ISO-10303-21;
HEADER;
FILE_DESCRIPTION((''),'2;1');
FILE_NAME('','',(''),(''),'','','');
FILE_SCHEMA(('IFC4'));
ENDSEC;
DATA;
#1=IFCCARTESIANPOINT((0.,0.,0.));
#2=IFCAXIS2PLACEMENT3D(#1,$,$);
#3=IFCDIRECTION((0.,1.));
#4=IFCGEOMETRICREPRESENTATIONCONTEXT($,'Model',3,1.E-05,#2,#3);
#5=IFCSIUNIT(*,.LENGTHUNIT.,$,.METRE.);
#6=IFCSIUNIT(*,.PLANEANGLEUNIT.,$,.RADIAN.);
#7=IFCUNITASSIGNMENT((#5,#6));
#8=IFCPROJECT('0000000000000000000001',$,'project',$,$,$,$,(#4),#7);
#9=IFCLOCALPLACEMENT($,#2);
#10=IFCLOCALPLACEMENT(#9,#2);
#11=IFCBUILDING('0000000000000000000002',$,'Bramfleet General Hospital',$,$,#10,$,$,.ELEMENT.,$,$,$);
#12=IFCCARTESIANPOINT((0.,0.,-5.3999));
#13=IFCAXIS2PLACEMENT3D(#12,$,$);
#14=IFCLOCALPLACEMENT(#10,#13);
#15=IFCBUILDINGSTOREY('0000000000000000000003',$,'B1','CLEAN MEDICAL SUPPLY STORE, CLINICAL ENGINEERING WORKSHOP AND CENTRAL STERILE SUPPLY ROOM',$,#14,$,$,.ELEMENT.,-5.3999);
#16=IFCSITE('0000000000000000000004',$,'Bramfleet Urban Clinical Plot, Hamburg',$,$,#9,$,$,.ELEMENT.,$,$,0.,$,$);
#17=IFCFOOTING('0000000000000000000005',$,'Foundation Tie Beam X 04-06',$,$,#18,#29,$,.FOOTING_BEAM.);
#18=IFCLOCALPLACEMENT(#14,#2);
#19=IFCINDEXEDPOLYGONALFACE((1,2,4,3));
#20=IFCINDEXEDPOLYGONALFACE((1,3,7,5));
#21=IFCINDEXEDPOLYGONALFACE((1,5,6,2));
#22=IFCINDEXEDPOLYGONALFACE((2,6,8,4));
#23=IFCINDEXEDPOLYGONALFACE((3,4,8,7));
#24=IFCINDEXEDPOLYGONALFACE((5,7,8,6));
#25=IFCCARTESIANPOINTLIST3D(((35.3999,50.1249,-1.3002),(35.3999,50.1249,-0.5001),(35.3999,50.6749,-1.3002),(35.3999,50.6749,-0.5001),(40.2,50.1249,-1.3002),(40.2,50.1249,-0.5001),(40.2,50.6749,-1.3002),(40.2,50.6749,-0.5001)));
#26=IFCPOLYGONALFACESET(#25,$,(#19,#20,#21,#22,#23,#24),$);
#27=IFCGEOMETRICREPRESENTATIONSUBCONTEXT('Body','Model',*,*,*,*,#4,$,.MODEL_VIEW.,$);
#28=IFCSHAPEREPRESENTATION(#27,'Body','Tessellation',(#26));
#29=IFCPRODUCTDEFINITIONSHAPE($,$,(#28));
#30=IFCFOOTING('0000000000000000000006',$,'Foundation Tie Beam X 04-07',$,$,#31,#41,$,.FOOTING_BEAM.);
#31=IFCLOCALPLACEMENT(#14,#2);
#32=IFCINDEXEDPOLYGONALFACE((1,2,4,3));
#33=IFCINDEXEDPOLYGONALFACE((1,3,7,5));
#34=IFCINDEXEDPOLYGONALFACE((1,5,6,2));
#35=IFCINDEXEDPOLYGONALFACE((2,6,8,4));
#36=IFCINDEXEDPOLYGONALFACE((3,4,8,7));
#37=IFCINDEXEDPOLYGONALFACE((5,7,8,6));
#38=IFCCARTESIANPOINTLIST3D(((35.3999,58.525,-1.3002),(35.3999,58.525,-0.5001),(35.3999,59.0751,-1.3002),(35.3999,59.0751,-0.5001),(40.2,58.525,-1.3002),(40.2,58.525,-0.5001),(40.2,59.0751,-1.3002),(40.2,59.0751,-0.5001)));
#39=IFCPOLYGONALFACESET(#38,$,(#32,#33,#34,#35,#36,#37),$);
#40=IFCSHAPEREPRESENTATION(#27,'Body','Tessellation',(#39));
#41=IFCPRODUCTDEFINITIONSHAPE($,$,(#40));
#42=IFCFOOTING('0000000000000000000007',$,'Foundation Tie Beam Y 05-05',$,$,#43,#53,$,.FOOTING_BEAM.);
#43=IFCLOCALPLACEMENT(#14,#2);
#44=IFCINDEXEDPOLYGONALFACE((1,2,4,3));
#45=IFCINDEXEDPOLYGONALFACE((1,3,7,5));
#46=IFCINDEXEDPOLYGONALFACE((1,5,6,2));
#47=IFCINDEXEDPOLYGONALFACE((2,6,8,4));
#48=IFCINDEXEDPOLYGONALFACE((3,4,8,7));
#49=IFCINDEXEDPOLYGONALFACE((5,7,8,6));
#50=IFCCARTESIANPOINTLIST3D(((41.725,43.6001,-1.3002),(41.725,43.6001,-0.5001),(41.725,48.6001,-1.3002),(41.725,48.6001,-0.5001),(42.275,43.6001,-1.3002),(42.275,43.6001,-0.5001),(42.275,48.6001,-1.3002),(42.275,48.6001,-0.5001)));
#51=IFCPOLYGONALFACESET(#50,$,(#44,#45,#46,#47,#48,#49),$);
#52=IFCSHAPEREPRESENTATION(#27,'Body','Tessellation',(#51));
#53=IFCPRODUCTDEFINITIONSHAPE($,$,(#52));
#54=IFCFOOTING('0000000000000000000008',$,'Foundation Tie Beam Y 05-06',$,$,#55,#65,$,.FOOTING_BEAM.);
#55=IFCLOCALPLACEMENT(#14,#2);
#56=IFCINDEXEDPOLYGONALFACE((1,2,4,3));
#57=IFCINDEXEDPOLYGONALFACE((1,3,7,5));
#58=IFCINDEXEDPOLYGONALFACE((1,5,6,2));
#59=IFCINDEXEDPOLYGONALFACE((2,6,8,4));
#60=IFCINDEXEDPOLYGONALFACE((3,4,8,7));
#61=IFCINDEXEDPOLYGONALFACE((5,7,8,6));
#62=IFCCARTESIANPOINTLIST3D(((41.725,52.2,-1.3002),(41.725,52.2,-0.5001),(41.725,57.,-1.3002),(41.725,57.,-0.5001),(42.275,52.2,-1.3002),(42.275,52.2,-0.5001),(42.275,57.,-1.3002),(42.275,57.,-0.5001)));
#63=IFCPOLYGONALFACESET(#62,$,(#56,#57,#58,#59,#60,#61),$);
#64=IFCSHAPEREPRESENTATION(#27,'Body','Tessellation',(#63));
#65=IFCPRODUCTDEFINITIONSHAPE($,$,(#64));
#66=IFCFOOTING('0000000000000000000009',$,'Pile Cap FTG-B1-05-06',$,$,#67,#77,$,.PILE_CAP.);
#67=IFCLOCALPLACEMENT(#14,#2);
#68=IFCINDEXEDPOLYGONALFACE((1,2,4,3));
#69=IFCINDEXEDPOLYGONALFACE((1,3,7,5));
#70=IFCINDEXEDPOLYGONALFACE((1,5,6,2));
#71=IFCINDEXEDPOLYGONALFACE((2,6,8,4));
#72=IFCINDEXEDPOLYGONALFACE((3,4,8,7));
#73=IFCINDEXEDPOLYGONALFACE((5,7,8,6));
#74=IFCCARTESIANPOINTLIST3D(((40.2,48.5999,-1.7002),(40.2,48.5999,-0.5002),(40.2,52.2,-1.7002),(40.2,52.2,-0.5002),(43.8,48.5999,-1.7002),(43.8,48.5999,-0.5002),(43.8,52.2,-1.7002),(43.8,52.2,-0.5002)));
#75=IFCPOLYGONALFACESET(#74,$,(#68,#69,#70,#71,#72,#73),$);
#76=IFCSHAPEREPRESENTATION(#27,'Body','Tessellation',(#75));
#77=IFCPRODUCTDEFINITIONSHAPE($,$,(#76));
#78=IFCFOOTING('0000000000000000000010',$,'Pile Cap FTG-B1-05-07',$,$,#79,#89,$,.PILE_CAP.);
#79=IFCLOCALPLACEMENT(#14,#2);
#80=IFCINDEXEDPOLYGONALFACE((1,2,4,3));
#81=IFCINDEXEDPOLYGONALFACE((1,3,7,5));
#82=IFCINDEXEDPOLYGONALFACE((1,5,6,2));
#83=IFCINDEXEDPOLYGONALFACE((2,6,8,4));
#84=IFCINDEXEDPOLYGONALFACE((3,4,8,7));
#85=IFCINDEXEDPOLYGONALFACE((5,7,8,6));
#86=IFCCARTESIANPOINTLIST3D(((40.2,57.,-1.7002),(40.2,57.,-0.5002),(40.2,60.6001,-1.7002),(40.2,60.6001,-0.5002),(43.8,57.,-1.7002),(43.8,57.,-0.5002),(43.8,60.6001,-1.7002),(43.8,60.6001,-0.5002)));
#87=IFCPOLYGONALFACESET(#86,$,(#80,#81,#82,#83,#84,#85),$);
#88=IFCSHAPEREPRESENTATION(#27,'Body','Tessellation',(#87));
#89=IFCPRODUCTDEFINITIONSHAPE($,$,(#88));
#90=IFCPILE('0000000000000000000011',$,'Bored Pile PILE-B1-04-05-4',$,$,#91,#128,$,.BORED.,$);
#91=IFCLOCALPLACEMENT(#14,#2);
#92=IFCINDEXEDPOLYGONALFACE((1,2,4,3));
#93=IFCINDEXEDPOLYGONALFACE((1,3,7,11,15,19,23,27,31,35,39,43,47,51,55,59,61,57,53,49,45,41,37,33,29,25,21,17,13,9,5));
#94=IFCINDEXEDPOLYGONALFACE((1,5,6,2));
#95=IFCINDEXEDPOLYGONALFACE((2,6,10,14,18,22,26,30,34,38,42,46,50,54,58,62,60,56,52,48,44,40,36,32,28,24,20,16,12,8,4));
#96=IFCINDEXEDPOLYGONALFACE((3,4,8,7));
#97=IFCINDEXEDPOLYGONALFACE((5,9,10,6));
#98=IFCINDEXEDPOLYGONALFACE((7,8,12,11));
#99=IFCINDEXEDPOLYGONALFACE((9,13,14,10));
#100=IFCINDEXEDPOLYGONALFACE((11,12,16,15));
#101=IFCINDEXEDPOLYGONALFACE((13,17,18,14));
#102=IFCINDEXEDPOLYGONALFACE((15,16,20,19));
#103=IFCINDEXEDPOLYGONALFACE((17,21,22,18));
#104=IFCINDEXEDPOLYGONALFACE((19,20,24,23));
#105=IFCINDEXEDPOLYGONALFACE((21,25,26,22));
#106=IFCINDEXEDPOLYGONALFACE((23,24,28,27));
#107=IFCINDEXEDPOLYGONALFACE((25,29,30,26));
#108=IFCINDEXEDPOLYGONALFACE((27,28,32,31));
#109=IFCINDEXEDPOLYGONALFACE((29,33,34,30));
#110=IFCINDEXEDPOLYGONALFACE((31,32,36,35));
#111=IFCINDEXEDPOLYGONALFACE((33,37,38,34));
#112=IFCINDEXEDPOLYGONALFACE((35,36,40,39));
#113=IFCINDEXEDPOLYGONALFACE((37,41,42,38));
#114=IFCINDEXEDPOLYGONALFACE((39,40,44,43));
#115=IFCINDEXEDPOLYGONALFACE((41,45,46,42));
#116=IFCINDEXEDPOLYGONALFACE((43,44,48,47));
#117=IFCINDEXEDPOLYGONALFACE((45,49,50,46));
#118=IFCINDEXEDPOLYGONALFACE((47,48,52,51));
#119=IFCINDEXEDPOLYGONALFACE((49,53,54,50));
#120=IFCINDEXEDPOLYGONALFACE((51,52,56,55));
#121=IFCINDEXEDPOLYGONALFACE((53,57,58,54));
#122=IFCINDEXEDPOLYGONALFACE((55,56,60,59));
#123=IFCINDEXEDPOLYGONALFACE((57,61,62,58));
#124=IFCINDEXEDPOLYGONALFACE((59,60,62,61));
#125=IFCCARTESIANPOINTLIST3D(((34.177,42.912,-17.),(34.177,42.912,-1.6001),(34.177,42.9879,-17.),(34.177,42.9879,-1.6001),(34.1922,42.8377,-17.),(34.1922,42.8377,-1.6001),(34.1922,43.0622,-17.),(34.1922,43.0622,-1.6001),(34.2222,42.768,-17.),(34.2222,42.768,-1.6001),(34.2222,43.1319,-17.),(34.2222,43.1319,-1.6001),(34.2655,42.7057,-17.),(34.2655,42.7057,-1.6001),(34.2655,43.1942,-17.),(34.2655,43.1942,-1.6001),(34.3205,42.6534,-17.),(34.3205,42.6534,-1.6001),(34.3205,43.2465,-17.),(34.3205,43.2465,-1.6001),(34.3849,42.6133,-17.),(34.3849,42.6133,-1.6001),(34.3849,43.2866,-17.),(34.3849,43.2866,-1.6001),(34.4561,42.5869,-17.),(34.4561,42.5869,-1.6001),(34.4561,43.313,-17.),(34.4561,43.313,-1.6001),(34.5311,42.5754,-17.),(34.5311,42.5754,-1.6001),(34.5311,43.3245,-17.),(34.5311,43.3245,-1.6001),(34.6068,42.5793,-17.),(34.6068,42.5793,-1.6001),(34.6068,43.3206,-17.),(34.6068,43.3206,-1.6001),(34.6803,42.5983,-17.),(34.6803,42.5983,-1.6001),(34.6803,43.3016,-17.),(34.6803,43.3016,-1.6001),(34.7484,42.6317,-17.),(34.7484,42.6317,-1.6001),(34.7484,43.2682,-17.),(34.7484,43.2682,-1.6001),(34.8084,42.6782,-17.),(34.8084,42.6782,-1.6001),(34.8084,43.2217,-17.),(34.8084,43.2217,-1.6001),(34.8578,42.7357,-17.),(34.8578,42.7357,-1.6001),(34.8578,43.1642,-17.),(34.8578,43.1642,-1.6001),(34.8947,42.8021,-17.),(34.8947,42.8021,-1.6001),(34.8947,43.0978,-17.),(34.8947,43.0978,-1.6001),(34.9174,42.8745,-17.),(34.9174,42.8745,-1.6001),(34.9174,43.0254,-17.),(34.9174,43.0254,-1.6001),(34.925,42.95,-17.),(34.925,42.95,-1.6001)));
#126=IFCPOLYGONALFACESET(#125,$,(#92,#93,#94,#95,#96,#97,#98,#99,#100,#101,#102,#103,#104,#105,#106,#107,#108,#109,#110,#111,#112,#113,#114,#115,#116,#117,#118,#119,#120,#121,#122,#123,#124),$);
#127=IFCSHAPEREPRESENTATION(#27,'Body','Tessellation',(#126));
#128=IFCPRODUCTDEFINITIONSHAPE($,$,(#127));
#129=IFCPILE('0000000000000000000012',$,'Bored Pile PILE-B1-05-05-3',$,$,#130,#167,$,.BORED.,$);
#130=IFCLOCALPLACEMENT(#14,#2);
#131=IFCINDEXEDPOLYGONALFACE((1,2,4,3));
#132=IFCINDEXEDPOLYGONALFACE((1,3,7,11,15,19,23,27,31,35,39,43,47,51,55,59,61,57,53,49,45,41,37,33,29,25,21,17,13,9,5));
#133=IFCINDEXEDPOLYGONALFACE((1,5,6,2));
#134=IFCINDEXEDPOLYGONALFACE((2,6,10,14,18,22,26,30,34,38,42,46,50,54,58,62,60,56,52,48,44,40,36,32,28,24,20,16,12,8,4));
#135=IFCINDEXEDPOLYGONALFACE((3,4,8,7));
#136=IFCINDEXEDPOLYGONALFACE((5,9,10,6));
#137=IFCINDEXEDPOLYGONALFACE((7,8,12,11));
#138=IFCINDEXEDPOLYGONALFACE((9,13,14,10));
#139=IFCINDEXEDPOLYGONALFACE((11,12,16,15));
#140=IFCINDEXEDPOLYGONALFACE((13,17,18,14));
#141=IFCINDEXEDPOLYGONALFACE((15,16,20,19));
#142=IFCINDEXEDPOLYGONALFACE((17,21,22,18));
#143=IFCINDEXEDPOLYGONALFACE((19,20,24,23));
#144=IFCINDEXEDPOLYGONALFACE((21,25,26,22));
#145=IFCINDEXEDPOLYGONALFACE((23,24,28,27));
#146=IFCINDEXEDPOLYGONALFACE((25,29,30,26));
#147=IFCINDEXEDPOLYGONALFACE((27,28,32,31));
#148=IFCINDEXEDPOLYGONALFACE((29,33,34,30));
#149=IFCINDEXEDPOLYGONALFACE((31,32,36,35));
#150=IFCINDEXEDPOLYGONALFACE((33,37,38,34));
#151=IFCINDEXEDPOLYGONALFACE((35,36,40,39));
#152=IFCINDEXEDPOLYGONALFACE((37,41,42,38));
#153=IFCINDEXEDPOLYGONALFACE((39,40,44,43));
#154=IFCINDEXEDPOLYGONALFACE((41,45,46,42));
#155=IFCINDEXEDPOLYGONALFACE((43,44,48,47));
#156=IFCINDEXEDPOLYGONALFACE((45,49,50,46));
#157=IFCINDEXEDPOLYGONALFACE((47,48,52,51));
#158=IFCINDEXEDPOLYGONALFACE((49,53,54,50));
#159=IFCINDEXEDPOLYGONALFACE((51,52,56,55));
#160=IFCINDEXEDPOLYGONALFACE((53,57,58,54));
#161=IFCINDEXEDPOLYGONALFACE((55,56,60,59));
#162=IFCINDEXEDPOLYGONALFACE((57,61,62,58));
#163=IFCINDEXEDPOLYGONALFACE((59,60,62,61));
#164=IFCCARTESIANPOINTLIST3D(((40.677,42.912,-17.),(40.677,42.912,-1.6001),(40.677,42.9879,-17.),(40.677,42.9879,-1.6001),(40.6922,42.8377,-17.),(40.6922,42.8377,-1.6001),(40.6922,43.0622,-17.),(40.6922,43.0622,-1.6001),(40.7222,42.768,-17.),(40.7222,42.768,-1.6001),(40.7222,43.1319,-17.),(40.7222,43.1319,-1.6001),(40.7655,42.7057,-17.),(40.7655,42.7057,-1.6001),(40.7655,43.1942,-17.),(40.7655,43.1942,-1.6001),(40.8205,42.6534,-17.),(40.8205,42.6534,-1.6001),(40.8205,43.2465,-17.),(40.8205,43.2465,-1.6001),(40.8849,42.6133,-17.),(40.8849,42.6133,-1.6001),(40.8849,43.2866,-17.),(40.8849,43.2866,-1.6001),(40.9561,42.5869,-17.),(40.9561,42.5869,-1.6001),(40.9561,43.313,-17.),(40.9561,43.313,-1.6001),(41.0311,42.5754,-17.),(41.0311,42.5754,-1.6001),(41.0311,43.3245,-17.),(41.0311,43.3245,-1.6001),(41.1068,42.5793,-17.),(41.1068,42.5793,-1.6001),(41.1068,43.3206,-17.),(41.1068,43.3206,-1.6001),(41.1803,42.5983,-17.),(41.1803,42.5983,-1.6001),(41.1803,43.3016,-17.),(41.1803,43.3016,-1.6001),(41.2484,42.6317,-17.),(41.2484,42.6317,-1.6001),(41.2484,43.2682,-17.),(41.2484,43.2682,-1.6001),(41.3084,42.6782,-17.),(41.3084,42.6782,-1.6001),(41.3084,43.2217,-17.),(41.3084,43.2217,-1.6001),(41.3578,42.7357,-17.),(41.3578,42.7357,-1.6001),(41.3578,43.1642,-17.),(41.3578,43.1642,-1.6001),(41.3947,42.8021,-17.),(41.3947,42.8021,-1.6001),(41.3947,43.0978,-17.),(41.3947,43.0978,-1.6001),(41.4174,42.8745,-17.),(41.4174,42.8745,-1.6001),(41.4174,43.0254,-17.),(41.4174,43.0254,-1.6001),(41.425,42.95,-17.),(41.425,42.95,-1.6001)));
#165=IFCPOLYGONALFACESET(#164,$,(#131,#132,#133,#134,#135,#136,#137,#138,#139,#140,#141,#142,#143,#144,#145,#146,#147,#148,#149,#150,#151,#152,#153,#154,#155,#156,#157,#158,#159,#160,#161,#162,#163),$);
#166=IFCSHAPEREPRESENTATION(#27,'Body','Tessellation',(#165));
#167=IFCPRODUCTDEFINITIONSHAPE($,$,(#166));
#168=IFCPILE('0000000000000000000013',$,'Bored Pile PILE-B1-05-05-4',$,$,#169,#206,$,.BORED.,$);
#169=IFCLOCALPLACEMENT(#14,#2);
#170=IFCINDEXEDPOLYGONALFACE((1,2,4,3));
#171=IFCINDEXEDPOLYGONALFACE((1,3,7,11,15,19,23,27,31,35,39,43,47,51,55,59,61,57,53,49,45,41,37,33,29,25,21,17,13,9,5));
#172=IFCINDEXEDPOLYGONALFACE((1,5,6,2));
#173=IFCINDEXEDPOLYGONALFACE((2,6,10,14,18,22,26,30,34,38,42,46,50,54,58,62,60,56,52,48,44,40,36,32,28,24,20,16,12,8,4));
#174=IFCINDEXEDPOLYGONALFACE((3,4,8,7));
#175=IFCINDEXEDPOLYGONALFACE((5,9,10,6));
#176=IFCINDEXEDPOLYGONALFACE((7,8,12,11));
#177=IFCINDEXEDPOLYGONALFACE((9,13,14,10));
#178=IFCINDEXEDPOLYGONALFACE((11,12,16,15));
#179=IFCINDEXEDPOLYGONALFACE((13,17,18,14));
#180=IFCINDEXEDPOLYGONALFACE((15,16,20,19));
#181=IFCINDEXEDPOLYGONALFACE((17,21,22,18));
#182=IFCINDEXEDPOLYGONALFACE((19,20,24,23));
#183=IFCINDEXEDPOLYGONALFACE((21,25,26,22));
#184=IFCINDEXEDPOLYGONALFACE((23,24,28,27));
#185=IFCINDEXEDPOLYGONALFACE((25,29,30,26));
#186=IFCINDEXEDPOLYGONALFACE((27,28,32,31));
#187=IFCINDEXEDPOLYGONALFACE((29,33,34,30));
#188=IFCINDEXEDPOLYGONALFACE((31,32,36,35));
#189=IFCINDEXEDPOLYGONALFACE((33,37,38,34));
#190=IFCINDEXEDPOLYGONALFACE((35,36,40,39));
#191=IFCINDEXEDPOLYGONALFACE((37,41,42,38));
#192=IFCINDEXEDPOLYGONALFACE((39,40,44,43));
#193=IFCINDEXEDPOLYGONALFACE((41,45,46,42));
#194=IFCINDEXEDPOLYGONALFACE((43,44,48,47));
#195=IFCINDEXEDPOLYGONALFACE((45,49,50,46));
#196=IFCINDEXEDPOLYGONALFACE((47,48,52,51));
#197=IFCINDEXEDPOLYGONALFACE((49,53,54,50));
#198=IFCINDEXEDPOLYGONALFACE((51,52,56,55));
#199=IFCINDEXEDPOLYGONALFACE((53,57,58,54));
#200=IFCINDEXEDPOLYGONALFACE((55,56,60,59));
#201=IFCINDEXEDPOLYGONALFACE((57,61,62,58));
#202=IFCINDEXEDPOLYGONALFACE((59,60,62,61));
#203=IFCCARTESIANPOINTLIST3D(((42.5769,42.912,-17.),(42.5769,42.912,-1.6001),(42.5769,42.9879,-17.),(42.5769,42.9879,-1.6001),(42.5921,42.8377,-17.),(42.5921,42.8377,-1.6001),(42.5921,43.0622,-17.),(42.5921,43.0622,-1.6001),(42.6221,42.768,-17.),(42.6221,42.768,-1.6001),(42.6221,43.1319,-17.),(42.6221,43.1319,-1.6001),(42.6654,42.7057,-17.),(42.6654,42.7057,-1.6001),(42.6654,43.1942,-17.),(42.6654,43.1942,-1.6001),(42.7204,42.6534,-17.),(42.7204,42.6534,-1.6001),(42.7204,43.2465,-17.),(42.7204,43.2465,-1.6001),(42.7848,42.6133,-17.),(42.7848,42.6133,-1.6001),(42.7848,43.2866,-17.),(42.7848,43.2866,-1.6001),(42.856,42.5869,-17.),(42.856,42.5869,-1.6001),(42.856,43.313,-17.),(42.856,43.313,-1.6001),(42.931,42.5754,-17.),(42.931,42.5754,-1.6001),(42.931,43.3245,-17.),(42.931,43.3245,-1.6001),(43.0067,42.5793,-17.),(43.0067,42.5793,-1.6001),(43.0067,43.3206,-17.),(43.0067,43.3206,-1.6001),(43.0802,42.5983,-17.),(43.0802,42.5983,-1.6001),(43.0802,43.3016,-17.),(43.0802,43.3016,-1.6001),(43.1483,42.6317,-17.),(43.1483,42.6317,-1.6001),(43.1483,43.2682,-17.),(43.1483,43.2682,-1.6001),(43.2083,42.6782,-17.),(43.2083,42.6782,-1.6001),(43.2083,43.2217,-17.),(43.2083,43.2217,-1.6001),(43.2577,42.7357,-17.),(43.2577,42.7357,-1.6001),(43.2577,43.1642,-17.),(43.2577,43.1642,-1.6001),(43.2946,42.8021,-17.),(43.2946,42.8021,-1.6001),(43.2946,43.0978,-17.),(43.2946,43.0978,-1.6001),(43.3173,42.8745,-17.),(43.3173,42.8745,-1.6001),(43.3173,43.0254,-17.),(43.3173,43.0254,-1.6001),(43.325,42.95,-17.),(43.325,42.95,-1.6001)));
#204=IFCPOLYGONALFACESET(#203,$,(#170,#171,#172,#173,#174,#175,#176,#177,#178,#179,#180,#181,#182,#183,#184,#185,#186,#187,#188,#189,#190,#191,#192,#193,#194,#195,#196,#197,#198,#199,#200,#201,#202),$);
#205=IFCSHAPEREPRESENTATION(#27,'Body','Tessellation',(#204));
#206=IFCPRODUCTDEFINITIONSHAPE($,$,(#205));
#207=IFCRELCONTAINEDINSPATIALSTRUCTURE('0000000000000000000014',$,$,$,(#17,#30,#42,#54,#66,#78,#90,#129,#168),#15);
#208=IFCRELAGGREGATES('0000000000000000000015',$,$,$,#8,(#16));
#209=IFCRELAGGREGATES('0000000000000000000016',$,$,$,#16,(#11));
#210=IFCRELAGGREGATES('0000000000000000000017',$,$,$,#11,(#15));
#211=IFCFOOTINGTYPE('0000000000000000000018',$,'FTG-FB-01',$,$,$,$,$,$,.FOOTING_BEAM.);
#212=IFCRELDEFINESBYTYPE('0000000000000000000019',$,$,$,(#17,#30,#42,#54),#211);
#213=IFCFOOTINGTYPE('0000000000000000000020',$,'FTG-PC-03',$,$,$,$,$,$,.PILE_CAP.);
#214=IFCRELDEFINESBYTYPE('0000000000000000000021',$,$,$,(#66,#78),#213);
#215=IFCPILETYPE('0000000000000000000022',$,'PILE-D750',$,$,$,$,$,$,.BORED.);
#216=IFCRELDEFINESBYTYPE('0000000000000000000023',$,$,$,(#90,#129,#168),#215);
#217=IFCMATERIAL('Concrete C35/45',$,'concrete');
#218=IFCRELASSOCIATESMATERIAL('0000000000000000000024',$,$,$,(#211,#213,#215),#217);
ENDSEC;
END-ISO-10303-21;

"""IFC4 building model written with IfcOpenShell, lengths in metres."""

from ifc_helpers import new_model, si_unit, direction, frame, origin, origin_2d, place, context, subcontext, project, spatial, rectangle, circle, extrude, material, material_profile, profile_set, type_object, element, save


model = new_model("IFC4")

# Units and contexts
model_context = context("Model", 3, precision=1e-05, world=origin(), true_north=direction((0.0, 1.0)))
body_context = subcontext(model_context, "Body", "Model", "MODEL_VIEW")
ifc_project = project(units=[si_unit("LENGTHUNIT", "METRE"), si_unit("PLANEANGLEUNIT", "RADIAN")], contexts=[model_context])

# Site, building, storey
site_placement = place(None, origin())
site = spatial("IfcSite", under=ifc_project, at=site_placement, Name="Bramfleet Urban Clinical Plot, Hamburg", CompositionType="ELEMENT", RefElevation=0.0)
building_placement = place(site_placement, origin())
building = spatial("IfcBuilding", under=site, at=building_placement, Name="Bramfleet General Hospital", CompositionType="ELEMENT")
storey_placement = place(building_placement, frame((0.0, 0.0, -5.3999)))
storey = spatial("IfcBuildingStorey", under=building, at=storey_placement, Name="B1", Description="CLEAN MEDICAL SUPPLY STORE, CLINICAL ENGINEERING WORKSHOP AND CENTRAL STERILE SUPPLY ROOM", CompositionType="ELEMENT", Elevation=-5.3999)

# Footings
ifc_material_1 = material(Name="Concrete C35/45", Category="concrete")
ifc_material_profile_1 = material_profile(ifc_material_1, rectangle(XDim=0.55, YDim=0.8, at=origin_2d()), Name="RC FB 800x550")
ifc_profile_set_1 = profile_set([ifc_material_profile_1], Name="Concrete C35/45")
footing_type_1 = type_object("IfcFootingType", Name="FTG-FB-01", PredefinedType="FOOTING_BEAM", material=ifc_profile_set_1)
for number, where, z_axis, x_axis, name in (
    (1, (35.3999, 50.3999, -0.9001), (1.0, 0.0, 0.0), (0.0, 1.0, 0.0), "Foundation Tie Beam X 04-06"),
    (2, (35.3999, 58.8, -0.9001), (1.0, 0.0, 0.0), (0.0, 1.0, 0.0), "Foundation Tie Beam X 04-07"),
):
    element("IfcFooting", number, at=place(storey_placement, frame(where, z_axis=z_axis, x_axis=x_axis)), inside=storey, type_object=footing_type_1, Name=name, PredefinedType="FOOTING_BEAM", context=body_context, shape_type="SweptSolid", body=[
        extrude(rectangle(XDim=0.55, YDim=0.8, at=origin_2d()), origin(), (0.0, 0.0, 1.0), 4.8),
    ])
footing_1_placement = place(storey_placement, frame((42.0, 43.6001, -0.9001), z_axis=(0.0, 1.0, 0.0), x_axis=(-1.0, 0.0, 0.0)))
element("IfcFooting", 3, at=footing_1_placement, inside=storey, type_object=footing_type_1, Name="Foundation Tie Beam Y 05-05", PredefinedType="FOOTING_BEAM", context=body_context, shape_type="SweptSolid", body=[
    extrude(rectangle(XDim=0.55, YDim=0.8, at=origin_2d()), origin(), (0.0, 0.0, 1.0), 5.0),
])
footing_2_placement = place(storey_placement, frame((42.0, 52.2, -0.9001), z_axis=(0.0, 1.0, 0.0), x_axis=(-1.0, 0.0, 0.0)))
element("IfcFooting", 4, at=footing_2_placement, inside=storey, type_object=footing_type_1, Name="Foundation Tie Beam Y 05-06", PredefinedType="FOOTING_BEAM", context=body_context, shape_type="SweptSolid", body=[
    extrude(rectangle(XDim=0.55, YDim=0.8, at=origin_2d()), origin(), (0.0, 0.0, 1.0), 4.8),
])
footing_type_2 = type_object("IfcFootingType", Name="FTG-PC-03", PredefinedType="PILE_CAP", material=ifc_material_1)
for number, where, z_axis, x_axis, name in (
    (5, (42.0, 50.3999, -1.7002), (0.0, 0.0, 1.0), (1.0, 0.0, 0.0), "Pile Cap FTG-B1-05-06"),
    (6, (42.0, 58.8, -1.7002), (0.0, 0.0, 1.0), (1.0, 0.0, 0.0), "Pile Cap FTG-B1-05-07"),
):
    element("IfcFooting", number, at=place(storey_placement, frame(where, z_axis=z_axis, x_axis=x_axis)), inside=storey, type_object=footing_type_2, Name=name, PredefinedType="PILE_CAP", context=body_context, shape_type="SweptSolid", body=[
        extrude(rectangle(XDim=3.6001, YDim=3.6001, at=origin_2d()), origin(), (0.0, 0.0, 1.0), 1.2),
    ])

# Piles
ifc_material_profile_2 = material_profile(ifc_material_1, circle(Radius=0.375, at=origin_2d()), Name="PILE BORED D750")
ifc_profile_set_2 = profile_set([ifc_material_profile_2], Name="Concrete C35/45")
pile_type_1 = type_object("IfcPileType", Name="PILE-D750", PredefinedType="BORED", material=ifc_profile_set_2)
for number, where, z_axis, x_axis, name in (
    (7, (34.55, 42.95, -1.6001), (0.0, 0.0, -1.0), (1.0, 0.0, 0.0), "Bored Pile PILE-B1-04-05-4"),
    (8, (41.05, 42.95, -1.6001), (0.0, 0.0, -1.0), (1.0, 0.0, 0.0), "Bored Pile PILE-B1-05-05-3"),
    (9, (42.95, 42.95, -1.6001), (0.0, 0.0, -1.0), (1.0, 0.0, 0.0), "Bored Pile PILE-B1-05-05-4"),
):
    element("IfcPile", number, at=place(storey_placement, frame(where, z_axis=z_axis, x_axis=x_axis)), inside=storey, type_object=pile_type_1, Name=name, PredefinedType="BORED", context=body_context, shape_type="SweptSolid", body=[
        extrude(circle(Radius=0.375, at=origin_2d()), origin(), (0.0, 0.0, 1.0), 15.3999),
    ])

save(model, "model.ifc")
